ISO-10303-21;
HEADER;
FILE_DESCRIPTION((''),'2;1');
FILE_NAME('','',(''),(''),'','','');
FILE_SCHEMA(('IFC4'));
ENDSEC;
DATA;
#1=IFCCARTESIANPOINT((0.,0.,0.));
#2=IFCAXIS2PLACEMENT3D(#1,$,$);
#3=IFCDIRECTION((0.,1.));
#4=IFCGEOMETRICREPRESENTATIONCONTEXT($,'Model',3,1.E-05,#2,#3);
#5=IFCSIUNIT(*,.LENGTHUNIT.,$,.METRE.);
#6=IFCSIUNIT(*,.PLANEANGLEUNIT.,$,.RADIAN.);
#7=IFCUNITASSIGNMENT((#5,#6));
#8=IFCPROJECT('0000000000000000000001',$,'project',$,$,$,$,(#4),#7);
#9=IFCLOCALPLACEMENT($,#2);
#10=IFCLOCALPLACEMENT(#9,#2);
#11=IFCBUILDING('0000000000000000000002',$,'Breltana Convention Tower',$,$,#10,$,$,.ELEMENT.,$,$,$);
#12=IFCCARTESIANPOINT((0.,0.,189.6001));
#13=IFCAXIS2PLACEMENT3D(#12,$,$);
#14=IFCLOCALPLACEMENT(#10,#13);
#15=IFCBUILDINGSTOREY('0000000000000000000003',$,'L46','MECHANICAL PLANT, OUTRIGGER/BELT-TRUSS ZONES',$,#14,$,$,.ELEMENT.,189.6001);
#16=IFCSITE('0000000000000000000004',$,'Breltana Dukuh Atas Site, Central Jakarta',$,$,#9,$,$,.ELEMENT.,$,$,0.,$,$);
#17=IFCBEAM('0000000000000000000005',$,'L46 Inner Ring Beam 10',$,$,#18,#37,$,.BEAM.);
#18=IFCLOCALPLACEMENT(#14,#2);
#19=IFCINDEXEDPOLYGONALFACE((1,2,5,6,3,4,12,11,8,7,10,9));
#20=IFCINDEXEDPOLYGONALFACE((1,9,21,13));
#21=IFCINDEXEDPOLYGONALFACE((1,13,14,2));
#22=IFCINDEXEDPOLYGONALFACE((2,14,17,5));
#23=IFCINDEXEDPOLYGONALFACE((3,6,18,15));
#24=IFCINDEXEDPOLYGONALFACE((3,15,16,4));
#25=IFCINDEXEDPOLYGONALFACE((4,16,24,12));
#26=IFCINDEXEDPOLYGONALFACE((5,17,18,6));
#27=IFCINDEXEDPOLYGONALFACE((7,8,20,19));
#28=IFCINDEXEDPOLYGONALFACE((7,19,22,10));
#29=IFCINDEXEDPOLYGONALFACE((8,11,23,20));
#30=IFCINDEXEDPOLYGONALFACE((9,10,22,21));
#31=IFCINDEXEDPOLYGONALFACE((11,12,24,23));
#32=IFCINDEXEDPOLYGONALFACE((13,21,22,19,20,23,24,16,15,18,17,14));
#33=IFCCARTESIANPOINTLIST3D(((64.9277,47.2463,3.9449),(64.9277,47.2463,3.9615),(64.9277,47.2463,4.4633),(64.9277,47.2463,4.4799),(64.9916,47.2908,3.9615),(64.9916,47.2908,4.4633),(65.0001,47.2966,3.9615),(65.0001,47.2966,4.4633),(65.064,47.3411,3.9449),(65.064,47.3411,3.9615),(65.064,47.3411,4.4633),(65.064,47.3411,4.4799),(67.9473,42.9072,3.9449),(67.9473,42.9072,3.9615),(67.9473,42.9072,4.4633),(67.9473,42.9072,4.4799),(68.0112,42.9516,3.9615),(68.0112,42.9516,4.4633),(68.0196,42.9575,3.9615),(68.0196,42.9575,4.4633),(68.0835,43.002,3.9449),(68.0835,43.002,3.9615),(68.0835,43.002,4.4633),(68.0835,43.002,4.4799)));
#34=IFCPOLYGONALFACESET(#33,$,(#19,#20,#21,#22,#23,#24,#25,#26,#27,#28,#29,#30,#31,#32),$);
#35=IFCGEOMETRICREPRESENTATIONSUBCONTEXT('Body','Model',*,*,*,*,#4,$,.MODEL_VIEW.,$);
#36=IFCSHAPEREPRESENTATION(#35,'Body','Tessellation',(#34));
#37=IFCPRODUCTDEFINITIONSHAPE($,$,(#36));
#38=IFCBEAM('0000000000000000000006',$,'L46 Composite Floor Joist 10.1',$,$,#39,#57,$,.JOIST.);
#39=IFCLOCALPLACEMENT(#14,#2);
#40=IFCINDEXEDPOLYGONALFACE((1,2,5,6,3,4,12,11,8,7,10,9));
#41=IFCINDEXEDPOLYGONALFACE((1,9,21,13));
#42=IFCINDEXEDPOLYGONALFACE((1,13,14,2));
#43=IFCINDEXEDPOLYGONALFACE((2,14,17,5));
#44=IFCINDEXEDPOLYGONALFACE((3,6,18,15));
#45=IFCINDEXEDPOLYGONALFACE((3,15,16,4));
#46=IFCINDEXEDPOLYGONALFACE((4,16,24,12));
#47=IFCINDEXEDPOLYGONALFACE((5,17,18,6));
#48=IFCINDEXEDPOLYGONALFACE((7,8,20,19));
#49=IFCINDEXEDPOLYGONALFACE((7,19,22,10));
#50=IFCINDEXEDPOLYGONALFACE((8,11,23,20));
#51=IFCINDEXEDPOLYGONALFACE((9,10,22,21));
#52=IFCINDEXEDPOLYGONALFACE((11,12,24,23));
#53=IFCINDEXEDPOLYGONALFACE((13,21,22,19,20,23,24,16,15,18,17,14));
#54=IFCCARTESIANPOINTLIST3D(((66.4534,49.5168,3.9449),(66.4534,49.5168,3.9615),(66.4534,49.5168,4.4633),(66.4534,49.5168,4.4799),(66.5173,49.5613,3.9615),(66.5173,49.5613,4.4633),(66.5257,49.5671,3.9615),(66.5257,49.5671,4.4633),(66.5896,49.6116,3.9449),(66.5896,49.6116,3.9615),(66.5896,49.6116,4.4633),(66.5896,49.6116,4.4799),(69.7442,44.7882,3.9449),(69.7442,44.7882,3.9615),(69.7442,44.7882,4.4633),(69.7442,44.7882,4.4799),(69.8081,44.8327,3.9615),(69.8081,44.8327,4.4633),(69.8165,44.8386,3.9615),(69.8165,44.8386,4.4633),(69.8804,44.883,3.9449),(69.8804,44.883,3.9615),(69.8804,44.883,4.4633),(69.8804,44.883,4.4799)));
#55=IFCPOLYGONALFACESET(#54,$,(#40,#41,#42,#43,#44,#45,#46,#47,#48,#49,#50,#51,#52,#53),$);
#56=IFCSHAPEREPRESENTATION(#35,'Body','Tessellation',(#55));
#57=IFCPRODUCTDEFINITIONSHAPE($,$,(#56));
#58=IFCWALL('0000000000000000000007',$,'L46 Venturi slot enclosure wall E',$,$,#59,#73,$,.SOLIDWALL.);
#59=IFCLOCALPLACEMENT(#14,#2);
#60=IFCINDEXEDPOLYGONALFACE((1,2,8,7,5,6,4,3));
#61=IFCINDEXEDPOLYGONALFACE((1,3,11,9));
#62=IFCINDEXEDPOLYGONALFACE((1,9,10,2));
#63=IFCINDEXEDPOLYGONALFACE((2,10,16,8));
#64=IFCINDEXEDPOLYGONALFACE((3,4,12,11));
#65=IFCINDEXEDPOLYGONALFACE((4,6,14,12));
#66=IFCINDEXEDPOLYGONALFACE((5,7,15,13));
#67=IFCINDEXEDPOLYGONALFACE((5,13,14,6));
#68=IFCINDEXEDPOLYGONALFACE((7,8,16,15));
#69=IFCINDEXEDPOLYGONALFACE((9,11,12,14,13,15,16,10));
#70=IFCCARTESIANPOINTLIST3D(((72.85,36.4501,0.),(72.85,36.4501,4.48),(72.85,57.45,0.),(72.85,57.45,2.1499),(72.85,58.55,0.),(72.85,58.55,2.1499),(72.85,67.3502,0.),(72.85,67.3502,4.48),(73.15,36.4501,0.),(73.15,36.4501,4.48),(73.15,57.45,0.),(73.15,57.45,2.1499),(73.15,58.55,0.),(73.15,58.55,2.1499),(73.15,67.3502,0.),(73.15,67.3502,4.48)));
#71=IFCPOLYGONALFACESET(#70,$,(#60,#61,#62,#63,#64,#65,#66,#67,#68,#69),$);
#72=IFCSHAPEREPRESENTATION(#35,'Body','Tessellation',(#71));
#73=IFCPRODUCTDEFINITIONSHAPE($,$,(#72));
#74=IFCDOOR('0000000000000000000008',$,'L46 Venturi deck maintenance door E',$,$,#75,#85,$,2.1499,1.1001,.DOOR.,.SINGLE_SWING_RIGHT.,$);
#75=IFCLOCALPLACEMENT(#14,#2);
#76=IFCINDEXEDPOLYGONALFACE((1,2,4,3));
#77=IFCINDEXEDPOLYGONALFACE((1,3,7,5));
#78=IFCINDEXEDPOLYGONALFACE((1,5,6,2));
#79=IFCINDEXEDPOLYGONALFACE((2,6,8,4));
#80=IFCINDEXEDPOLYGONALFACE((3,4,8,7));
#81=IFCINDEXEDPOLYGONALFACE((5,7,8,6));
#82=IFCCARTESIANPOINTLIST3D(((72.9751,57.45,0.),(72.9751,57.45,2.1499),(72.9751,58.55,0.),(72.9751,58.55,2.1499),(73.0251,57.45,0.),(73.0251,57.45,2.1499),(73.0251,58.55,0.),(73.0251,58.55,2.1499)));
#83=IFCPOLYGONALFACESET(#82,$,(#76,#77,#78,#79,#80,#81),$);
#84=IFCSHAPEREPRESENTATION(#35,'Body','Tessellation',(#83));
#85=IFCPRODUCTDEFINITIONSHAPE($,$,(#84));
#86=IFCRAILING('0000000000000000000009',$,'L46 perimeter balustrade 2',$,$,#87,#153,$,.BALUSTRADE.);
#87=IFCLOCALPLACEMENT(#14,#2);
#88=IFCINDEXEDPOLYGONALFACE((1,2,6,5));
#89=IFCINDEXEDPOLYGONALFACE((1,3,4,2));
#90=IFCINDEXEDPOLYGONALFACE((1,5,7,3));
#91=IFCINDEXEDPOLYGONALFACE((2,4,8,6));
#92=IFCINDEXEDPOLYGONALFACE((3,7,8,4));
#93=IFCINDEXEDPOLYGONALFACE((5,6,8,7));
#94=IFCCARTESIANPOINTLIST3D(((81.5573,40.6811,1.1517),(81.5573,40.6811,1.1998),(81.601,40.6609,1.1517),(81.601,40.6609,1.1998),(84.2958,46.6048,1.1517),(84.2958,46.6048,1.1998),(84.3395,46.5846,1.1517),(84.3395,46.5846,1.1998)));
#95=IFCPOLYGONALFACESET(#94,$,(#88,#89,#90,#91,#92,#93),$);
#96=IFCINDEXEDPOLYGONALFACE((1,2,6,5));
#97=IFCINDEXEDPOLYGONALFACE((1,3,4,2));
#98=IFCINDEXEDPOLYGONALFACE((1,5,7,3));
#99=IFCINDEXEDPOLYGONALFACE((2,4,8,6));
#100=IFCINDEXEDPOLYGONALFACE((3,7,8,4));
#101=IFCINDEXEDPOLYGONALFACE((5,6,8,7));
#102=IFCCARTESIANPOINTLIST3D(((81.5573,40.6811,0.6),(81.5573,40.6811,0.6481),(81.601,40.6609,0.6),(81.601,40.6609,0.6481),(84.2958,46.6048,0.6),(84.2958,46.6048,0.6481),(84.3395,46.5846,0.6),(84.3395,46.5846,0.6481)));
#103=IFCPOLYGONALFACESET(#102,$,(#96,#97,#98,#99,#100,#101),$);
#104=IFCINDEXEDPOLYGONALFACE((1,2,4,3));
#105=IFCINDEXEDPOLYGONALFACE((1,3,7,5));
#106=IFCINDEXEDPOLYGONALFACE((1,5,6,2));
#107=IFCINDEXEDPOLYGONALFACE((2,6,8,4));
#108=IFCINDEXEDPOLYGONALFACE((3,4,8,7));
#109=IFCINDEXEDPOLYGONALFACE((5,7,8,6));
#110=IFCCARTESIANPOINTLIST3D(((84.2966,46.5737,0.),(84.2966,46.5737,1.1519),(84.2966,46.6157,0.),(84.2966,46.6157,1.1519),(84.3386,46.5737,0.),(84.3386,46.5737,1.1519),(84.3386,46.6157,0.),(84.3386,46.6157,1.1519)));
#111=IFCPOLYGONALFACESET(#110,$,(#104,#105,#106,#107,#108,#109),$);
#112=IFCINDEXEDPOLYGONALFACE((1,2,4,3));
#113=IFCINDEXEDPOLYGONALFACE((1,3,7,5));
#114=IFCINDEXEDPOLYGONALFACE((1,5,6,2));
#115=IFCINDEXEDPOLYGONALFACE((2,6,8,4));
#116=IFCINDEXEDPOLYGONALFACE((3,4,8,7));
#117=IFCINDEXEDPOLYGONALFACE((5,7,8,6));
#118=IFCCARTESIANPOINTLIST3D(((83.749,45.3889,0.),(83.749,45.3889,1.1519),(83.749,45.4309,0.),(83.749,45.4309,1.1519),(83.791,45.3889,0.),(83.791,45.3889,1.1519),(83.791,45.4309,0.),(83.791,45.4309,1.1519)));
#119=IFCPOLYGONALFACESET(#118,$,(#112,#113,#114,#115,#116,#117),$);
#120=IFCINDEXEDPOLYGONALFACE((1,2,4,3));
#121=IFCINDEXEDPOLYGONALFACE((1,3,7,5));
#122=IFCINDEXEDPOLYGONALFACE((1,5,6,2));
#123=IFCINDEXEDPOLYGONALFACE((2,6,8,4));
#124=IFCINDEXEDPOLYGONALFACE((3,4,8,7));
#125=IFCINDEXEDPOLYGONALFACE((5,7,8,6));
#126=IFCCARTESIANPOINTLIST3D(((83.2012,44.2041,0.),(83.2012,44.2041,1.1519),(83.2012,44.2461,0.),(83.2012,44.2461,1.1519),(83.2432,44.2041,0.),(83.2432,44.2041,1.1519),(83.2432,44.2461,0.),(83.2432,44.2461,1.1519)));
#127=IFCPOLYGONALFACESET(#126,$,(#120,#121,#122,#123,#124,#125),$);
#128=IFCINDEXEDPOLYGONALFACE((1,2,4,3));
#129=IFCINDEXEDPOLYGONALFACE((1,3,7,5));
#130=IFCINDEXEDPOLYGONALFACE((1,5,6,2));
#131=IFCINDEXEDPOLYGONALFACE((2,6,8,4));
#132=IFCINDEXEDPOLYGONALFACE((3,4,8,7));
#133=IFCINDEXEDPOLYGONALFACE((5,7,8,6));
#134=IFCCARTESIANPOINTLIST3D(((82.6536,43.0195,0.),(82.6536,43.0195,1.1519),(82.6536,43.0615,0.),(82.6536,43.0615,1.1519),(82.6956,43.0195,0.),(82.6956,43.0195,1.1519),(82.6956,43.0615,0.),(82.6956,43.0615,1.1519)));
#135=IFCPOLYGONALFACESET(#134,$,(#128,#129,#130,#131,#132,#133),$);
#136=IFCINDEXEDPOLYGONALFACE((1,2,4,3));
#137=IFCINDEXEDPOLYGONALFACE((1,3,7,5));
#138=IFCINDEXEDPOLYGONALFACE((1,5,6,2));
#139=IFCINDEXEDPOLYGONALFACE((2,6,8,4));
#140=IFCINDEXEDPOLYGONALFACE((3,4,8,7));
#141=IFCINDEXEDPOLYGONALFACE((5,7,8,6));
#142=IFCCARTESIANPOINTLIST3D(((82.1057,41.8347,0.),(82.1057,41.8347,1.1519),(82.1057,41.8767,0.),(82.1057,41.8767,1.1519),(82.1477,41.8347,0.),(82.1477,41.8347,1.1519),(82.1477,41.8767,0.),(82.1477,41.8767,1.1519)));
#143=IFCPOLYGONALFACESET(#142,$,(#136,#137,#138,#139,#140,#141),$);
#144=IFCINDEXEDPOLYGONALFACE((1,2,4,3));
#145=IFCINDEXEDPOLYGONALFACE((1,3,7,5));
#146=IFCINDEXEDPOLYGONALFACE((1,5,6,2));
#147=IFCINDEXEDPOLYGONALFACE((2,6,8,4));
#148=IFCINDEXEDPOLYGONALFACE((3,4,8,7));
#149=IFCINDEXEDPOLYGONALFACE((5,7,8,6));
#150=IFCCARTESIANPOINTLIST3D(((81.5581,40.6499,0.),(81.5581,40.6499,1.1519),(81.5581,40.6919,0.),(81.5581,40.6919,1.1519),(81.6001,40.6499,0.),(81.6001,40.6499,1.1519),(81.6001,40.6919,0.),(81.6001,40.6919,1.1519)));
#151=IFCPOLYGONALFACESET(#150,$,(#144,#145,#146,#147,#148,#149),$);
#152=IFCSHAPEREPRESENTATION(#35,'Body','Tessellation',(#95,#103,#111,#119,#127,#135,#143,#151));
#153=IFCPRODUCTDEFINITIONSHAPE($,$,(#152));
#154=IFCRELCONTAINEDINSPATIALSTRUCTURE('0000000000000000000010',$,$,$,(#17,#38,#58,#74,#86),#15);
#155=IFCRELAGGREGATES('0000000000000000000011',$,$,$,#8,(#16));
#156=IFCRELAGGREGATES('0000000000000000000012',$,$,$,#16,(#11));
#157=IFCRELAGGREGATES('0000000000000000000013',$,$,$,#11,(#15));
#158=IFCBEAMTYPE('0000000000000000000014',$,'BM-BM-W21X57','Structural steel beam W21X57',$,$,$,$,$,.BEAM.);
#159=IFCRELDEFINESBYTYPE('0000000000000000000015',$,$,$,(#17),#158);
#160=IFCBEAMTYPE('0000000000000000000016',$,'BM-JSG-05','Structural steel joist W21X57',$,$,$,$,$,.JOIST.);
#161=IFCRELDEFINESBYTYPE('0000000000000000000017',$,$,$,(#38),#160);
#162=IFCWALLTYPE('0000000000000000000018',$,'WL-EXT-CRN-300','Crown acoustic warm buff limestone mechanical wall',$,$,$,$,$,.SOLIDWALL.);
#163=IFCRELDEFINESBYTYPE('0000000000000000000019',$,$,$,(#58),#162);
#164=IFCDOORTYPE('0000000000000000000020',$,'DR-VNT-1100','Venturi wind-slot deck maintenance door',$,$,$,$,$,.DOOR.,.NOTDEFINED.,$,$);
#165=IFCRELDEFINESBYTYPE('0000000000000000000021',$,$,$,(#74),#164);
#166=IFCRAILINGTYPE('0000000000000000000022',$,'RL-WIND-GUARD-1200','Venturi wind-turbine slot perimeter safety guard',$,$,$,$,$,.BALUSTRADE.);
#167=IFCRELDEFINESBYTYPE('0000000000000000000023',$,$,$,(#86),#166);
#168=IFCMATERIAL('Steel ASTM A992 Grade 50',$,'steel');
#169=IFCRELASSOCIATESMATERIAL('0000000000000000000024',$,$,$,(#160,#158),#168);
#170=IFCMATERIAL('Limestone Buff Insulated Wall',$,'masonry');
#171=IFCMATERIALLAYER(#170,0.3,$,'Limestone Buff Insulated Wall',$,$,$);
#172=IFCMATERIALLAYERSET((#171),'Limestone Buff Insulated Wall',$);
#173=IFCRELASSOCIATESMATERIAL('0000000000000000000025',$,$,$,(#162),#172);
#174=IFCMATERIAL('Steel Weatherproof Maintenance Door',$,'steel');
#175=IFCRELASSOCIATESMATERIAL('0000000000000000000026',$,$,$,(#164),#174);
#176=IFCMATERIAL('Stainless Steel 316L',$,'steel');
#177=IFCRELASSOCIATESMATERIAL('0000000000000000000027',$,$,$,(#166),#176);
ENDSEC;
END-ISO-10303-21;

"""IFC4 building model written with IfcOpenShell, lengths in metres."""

from ifc_helpers import new_model, si_unit, direction, frame, frame_2d, origin, origin_2d, place, context, subcontext, project, spatial, rectangle, i_section, extrude, source, transform, mapped, material, layer, layer_set, material_profile, profile_set, type_object, type_shapes, element, fill, save


model = new_model("IFC4")

# Units and contexts
model_context = context("Model", 3, precision=1e-05, world=origin(), true_north=direction((0.0, 1.0)))
body_context = subcontext(model_context, "Body", "Model", "MODEL_VIEW")
ifc_project = project(units=[si_unit("LENGTHUNIT", "METRE"), si_unit("PLANEANGLEUNIT", "RADIAN")], contexts=[model_context])

# Site, building, storey
site_placement = place(None, origin())
site = spatial("IfcSite", under=ifc_project, at=site_placement, Name="Breltana Dukuh Atas Site, Central Jakarta", CompositionType="ELEMENT", RefElevation=0.0)
building_placement = place(site_placement, origin())
building = spatial("IfcBuilding", under=site, at=building_placement, Name="Breltana Convention Tower", CompositionType="ELEMENT")
storey_placement = place(building_placement, frame((0.0, 0.0, 189.6001)))
storey = spatial("IfcBuildingStorey", under=building, at=storey_placement, Name="L46", Description="MECHANICAL PLANT, OUTRIGGER/BELT-TRUSS ZONES", CompositionType="ELEMENT", Elevation=189.6001)

# Beams
ifc_material_1 = material(Name="Steel ASTM A992 Grade 50", Category="steel")
ifc_material_profile_1 = material_profile(ifc_material_1, i_section(OverallWidth=0.166, OverallDepth=0.5349, WebThickness=0.0103, FlangeThickness=0.0166, at=origin_2d()), Name="W21X57")
ifc_profile_set_1 = profile_set([ifc_material_profile_1], Name="Steel ASTM A992 Grade 50")
beam_type_1 = type_object("IfcBeamType", Name="BM-JSG-05", Description="Structural steel joist W21X57", PredefinedType="JOIST", material=ifc_profile_set_1)
ifc_material_profile_2 = material_profile(ifc_material_1, i_section(OverallWidth=0.166, OverallDepth=0.5349, WebThickness=0.0103, FlangeThickness=0.0166, at=origin_2d()), Name="W21X57")
ifc_profile_set_2 = profile_set([ifc_material_profile_2], Name="Steel ASTM A992 Grade 50")
beam_type_2 = type_object("IfcBeamType", Name="BM-BM-W21X57", Description="Structural steel beam W21X57", PredefinedType="BEAM", material=ifc_profile_set_2)
shared_shape_1 = source(origin(), body_context, "Body", "SweptSolid", [
    extrude(i_section(OverallWidth=0.166, OverallDepth=0.5349, WebThickness=0.0103, FlangeThickness=0.0166, at=origin_2d()), origin(), (0.0, 0.0, 1.0), 5.2864),
])
beam_1_placement = place(storey_placement, frame((64.9958, 47.2937, 4.2124), z_axis=(0.571194, -0.820815, 0.0), x_axis=(0.820815, 0.571194, 0.0)))
element("IfcBeam", 1, at=beam_1_placement, inside=storey, type_object=beam_type_2, Name="L46 Inner Ring Beam 10", PredefinedType="BEAM", context=body_context, shape_type="MappedRepresentation", body=[
    mapped(shared_shape_1, transform((0.0, 0.0, 0.0), scale=1.0)),
])
shared_shape_2 = source(origin(), body_context, "Body", "SweptSolid", [
    extrude(i_section(OverallWidth=0.166, OverallDepth=0.5349, WebThickness=0.0103, FlangeThickness=0.0166, at=origin_2d()), origin(), (0.0, 0.0, 1.0), 5.761),
])
beam_2_placement = place(storey_placement, frame((66.5215, 49.5642, 4.2124), z_axis=(0.571225, -0.820794, 0.0), x_axis=(0.820794, 0.571225, 0.0)))
element("IfcBeam", 2, at=beam_2_placement, inside=storey, type_object=beam_type_1, Name="L46 Composite Floor Joist 10.1", PredefinedType="JOIST", context=body_context, shape_type="MappedRepresentation", body=[
    mapped(shared_shape_2, transform((0.0, 0.0, 0.0), scale=1.0)),
])

# Wall, opening, door
ifc_material_2 = material(Name="Limestone Buff Insulated Wall", Category="masonry")
ifc_layer = layer(ifc_material_2, 0.3, Name="Limestone Buff Insulated Wall")
ifc_layer_set = layer_set([ifc_layer], Name="Limestone Buff Insulated Wall")
wall_type = type_object("IfcWallType", Name="WL-EXT-CRN-300", Description="Crown acoustic warm buff limestone mechanical wall", PredefinedType="SOLIDWALL", material=ifc_layer_set)
shared_shape_3 = source(origin(), body_context, "Body", "SweptSolid", [
    extrude(rectangle(XDim=30.9001, YDim=0.3, at=frame_2d((15.4502, 0.0))), origin(), (0.0, 0.0, 1.0), 4.48),
])
wall_placement = place(storey_placement, frame((73.0, 36.45, 0.0), z_axis=(0.0, 0.0, 1.0), x_axis=(0.0, 1.0, 0.0)))
wall = element("IfcWall", 3, at=wall_placement, inside=storey, type_object=wall_type, Name="L46 Venturi slot enclosure wall E", PredefinedType="SOLIDWALL", context=body_context, shape_type="MappedRepresentation", body=[
    mapped(shared_shape_3, transform((0.0, 0.0, 0.0), scale=1.0)),
])
opening_placement = place(wall_placement, frame((21.0, 0.0, 0.0)))
opening = element("IfcOpeningElement", 4, at=opening_placement, cuts=wall, PredefinedType="OPENING", context=body_context, shape_type="SweptSolid", body=[
    extrude(rectangle(XDim=1.1001, YDim=2.1499, at=frame_2d((0.55, 1.075))), frame((0.0, 0.1602, 0.0), z_axis=(0.0, -1.0, 0.0), x_axis=(1.0, 0.0, 0.0)), (0.0, 0.0, 1.0), 0.3201),
])
ifc_material_3 = material(Name="Steel Weatherproof Maintenance Door", Category="steel")
door_type = type_object("IfcDoorType", Name="DR-VNT-1100", Description="Venturi wind-slot deck maintenance door", OperationType="NOTDEFINED", PredefinedType="DOOR", material=ifc_material_3)
shared_shape_4 = source(origin(), body_context, "Body", "SweptSolid", [
    extrude(rectangle(XDim=1.1001, YDim=2.1499, at=frame_2d((0.55, 1.075))), frame((0.0, 0.0249, 0.0), z_axis=(0.0, -1.0, 0.0), x_axis=(1.0, 0.0, 0.0)), (0.0, 0.0, 1.0), 0.05),
])
type_shapes(door_type, [shared_shape_4])
door_placement = place(opening_placement, origin())
door = element("IfcDoor", 5, at=door_placement, inside=storey, type_object=door_type, Name="L46 Venturi deck maintenance door E", OperationType="SINGLE_SWING_RIGHT", OverallHeight=2.1499, OverallWidth=1.1001, PredefinedType="DOOR", context=body_context, shape_type="MappedRepresentation", body=[
    mapped(shared_shape_4, transform((0.0, 0.0, 0.0), scale=1.0)),
])
fill(opening, door)

# Railing
ifc_material_4 = material(Name="Stainless Steel 316L", Category="steel")
railing_type = type_object("IfcRailingType", Name="RL-WIND-GUARD-1200", Description="Venturi wind-turbine slot perimeter safety guard", PredefinedType="BALUSTRADE", material=ifc_material_4)
railing_1_placement = place(storey_placement, frame((84.3176, 46.5947, 0.0)))
element("IfcRailing", 6, at=railing_1_placement, inside=storey, type_object=railing_type, Name="L46 perimeter balustrade 2", PredefinedType="BALUSTRADE", context=body_context, shape_type="SweptSolid", body=[
    extrude(rectangle(XDim=0.0481, YDim=0.0481, at=origin_2d()), frame((0.0, 0.0, 1.1758), z_axis=(-0.41962, -0.9077, 0.0), x_axis=(0.9077, -0.41962, 0.0)), (0.0, 0.0, 1.0), 6.5261),
    extrude(rectangle(XDim=0.0481, YDim=0.0481, at=origin_2d()), frame((0.0, 0.0, 0.624), z_axis=(-0.41962, -0.9077, 0.0), x_axis=(0.9077, -0.41962, 0.0)), (0.0, 0.0, 1.0), 6.5261),
    extrude(rectangle(XDim=0.042, YDim=0.042, at=origin_2d()), origin(), (0.0, 0.0, 1.0), 1.1519),
    extrude(rectangle(XDim=0.042, YDim=0.042, at=origin_2d()), frame((-0.5476, -1.1848, 0.0)), (0.0, 0.0, 1.0), 1.1519),
    extrude(rectangle(XDim=0.042, YDim=0.042, at=origin_2d()), frame((-1.0955, -2.3696, 0.0)), (0.0, 0.0, 1.0), 1.1519),
    extrude(rectangle(XDim=0.042, YDim=0.042, at=origin_2d()), frame((-1.6431, -3.5542, 0.0)), (0.0, 0.0, 1.0), 1.1519),
    extrude(rectangle(XDim=0.042, YDim=0.042, at=origin_2d()), frame((-2.1909, -4.739, 0.0)), (0.0, 0.0, 1.0), 1.1519),
    extrude(rectangle(XDim=0.042, YDim=0.042, at=origin_2d()), frame((-2.7385, -5.9238, 0.0)), (0.0, 0.0, 1.0), 1.1519),
])

save(model, "model.ifc")
